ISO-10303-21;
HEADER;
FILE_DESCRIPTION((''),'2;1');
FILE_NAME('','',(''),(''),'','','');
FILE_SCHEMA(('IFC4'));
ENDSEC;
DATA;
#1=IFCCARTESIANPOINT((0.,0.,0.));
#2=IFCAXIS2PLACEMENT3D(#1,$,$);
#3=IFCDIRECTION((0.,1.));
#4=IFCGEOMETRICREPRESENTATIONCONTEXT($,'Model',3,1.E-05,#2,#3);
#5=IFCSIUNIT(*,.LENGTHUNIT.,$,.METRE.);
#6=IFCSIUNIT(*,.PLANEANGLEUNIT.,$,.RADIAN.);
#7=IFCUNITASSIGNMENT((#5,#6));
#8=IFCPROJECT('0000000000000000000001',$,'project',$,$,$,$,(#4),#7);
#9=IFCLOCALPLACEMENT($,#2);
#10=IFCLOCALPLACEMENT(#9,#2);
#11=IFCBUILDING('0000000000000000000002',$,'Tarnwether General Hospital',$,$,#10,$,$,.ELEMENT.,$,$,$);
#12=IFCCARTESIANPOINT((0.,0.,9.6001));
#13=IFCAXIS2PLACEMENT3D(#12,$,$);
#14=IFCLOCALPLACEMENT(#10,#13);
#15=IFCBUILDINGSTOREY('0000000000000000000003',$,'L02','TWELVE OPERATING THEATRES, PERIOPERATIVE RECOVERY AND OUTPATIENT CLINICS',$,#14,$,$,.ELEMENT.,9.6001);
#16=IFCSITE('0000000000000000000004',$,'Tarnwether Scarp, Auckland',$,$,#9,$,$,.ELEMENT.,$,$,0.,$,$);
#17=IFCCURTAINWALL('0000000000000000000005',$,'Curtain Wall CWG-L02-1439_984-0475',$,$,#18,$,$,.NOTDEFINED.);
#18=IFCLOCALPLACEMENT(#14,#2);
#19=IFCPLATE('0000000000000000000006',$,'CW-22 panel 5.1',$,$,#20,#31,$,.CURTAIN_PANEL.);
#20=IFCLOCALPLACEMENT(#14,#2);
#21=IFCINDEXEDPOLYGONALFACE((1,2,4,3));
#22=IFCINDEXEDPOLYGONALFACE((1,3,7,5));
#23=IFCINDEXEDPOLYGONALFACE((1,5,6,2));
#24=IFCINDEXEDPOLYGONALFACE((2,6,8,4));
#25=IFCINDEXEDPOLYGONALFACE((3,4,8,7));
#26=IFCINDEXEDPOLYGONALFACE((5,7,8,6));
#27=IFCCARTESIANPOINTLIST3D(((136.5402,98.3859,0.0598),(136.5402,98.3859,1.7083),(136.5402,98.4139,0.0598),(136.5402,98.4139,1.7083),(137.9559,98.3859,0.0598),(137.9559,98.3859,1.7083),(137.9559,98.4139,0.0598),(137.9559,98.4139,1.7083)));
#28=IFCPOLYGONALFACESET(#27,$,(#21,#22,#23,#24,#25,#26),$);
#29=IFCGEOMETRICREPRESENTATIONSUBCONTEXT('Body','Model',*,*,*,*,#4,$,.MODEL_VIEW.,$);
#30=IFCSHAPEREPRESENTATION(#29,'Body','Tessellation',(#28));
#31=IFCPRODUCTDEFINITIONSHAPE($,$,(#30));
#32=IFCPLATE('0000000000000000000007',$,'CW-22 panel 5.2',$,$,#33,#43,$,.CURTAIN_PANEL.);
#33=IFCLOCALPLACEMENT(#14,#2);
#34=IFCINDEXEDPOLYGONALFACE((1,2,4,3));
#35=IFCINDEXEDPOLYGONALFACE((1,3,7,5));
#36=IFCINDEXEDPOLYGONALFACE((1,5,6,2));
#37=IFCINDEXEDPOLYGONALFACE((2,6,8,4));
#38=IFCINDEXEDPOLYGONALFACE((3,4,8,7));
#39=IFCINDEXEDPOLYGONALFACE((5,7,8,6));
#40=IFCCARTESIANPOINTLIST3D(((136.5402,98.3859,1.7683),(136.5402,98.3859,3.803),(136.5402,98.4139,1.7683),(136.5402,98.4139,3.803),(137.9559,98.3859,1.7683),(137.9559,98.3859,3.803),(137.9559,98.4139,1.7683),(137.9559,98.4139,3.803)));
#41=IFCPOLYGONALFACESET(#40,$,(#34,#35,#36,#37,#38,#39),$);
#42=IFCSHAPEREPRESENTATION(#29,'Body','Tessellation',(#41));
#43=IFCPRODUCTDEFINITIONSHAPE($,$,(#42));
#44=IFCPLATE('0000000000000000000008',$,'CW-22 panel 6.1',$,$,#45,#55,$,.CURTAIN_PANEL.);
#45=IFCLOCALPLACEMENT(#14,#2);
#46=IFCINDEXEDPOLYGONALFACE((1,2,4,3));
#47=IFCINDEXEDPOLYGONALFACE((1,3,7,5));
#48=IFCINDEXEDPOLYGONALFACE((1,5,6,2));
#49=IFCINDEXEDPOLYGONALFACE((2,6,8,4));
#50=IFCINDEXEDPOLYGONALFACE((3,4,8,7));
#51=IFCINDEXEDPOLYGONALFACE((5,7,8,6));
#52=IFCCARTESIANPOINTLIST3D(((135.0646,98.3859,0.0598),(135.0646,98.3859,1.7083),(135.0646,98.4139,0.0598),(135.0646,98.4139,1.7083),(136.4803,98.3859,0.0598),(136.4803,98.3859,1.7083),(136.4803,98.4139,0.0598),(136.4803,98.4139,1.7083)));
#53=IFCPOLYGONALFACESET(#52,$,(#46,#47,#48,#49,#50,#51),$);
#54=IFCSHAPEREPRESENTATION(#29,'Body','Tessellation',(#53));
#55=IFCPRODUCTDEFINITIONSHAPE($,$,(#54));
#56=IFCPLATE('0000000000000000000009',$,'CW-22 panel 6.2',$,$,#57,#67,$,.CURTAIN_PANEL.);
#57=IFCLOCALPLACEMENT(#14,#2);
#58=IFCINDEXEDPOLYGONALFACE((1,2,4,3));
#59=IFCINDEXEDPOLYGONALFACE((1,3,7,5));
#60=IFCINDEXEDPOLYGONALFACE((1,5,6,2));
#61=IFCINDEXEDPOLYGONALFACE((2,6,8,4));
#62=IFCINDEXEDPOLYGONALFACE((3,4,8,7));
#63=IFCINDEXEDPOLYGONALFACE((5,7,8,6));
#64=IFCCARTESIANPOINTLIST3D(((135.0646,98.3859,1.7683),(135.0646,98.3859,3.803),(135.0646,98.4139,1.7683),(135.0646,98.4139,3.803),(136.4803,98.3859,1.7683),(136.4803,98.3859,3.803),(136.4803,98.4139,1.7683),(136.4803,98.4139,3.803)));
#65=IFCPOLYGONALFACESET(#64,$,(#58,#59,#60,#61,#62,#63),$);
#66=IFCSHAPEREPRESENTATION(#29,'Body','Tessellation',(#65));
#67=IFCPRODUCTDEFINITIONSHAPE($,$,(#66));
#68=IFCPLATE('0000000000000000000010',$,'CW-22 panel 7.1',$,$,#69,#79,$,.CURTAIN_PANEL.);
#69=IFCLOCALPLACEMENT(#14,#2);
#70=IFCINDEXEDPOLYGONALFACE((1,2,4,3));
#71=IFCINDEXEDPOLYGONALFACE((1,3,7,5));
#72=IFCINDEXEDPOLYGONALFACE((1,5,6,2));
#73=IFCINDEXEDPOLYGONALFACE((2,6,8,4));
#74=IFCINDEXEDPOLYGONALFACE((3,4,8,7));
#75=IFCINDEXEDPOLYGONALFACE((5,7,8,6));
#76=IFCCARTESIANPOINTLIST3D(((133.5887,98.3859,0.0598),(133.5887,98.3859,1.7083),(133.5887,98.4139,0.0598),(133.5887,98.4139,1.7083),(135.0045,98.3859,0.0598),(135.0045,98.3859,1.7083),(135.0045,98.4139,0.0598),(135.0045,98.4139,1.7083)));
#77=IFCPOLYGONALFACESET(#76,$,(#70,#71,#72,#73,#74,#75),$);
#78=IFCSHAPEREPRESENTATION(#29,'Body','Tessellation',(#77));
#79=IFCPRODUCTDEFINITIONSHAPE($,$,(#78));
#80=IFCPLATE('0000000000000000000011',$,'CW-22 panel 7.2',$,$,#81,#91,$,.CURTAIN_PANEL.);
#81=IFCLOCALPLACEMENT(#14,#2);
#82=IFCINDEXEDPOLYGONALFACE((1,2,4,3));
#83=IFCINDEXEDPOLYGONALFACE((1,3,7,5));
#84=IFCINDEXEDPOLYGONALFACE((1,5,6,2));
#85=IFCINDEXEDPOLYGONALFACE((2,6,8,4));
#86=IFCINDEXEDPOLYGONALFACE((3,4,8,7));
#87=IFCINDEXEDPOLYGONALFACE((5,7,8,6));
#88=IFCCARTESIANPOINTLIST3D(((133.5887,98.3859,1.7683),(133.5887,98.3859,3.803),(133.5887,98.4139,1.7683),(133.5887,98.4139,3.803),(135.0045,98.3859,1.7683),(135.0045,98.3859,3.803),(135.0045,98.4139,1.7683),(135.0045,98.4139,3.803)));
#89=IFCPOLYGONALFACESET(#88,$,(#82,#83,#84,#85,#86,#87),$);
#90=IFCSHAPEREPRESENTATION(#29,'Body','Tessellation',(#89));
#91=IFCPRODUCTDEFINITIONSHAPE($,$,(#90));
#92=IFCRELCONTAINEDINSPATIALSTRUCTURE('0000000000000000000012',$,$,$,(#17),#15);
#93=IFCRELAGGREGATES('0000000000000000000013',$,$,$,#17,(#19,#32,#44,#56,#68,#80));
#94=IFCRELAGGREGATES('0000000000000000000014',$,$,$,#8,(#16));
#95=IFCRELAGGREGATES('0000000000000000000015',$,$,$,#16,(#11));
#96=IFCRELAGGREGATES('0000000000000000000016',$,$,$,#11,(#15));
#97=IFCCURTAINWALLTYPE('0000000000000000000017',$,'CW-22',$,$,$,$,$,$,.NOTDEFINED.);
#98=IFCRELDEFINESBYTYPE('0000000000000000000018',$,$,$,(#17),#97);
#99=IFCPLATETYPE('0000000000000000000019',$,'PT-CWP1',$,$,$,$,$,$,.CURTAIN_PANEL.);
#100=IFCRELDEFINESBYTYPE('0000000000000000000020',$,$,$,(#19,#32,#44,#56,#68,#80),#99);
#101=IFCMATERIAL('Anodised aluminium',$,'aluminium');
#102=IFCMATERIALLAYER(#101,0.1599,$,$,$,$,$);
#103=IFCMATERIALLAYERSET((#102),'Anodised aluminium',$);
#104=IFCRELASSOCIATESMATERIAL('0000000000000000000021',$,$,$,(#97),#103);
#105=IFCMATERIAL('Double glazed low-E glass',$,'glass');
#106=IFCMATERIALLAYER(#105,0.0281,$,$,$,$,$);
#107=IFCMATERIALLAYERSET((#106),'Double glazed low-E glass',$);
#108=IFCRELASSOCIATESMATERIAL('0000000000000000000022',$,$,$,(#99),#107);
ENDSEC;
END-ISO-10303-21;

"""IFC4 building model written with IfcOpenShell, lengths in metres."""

from ifc_helpers import new_model, si_unit, direction, frame, origin, origin_2d, place, context, subcontext, project, spatial, rectangle, extrude, material, layer, layer_set, type_object, element, aggregate, save


model = new_model("IFC4")

# Units and contexts
model_context = context("Model", 3, precision=1e-05, world=origin(), true_north=direction((0.0, 1.0)))
body_context = subcontext(model_context, "Body", "Model", "MODEL_VIEW")
ifc_project = project(units=[si_unit("LENGTHUNIT", "METRE"), si_unit("PLANEANGLEUNIT", "RADIAN")], contexts=[model_context])

# Site, building, storey
site_placement = place(None, origin())
site = spatial("IfcSite", under=ifc_project, at=site_placement, Name="Tarnwether Scarp, Auckland", CompositionType="ELEMENT", RefElevation=0.0)
building_placement = place(site_placement, origin())
building = spatial("IfcBuilding", under=site, at=building_placement, Name="Tarnwether General Hospital", CompositionType="ELEMENT")
storey_placement = place(building_placement, frame((0.0, 0.0, 9.6001)))
storey = spatial("IfcBuildingStorey", under=building, at=storey_placement, Name="L02", Description="TWELVE OPERATING THEATRES, PERIOPERATIVE RECOVERY AND OUTPATIENT CLINICS", CompositionType="ELEMENT", Elevation=9.6001)

# Curtain wall, plates
ifc_material_1 = material(Name="Anodised aluminium", Category="aluminium")
ifc_layer_1 = layer(ifc_material_1, 0.1599)
ifc_layer_set_1 = layer_set([ifc_layer_1], Name="Anodised aluminium")
curtain_wall_type = type_object("IfcCurtainWallType", Name="CW-22", PredefinedType="NOTDEFINED", material=ifc_layer_set_1)
curtain_wall_placement = place(storey_placement, origin())
curtain_wall = element("IfcCurtainWall", 1, at=curtain_wall_placement, inside=storey, type_object=curtain_wall_type, Name="Curtain Wall CWG-L02-1439_984-0475", PredefinedType="NOTDEFINED")
ifc_material_2 = material(Name="Double glazed low-E glass", Category="glass")
ifc_layer_2 = layer(ifc_material_2, 0.0281)
ifc_layer_set_2 = layer_set([ifc_layer_2], Name="Double glazed low-E glass")
plate_type = type_object("IfcPlateType", Name="PT-CWP1", PredefinedType="CURTAIN_PANEL", material=ifc_layer_set_2)
plate_1_placement = place(storey_placement, frame((137.248, 98.3999, 0.0598), z_axis=(0.0, 0.0, 1.0), x_axis=(-1.0, 0.0, 0.0)))
plate_1 = element("IfcPlate", 2, at=plate_1_placement, type_object=plate_type, Name="CW-22 panel 5.1", PredefinedType="CURTAIN_PANEL", context=body_context, shape_type="SweptSolid", body=[
    extrude(rectangle(XDim=1.4158, YDim=0.0281, at=origin_2d()), origin(), (0.0, 0.0, 1.0), 1.6484),
])
plate_2_placement = place(storey_placement, frame((137.248, 98.3999, 1.7683), z_axis=(0.0, 0.0, 1.0), x_axis=(-1.0, 0.0, 0.0)))
plate_2 = element("IfcPlate", 3, at=plate_2_placement, type_object=plate_type, Name="CW-22 panel 5.2", PredefinedType="CURTAIN_PANEL", context=body_context, shape_type="SweptSolid", body=[
    extrude(rectangle(XDim=1.4158, YDim=0.0281, at=origin_2d()), origin(), (0.0, 0.0, 1.0), 2.0347),
])
plate_3_placement = place(storey_placement, frame((135.7725, 98.3999, 0.0598), z_axis=(0.0, 0.0, 1.0), x_axis=(-1.0, 0.0, 0.0)))
plate_3 = element("IfcPlate", 4, at=plate_3_placement, type_object=plate_type, Name="CW-22 panel 6.1", PredefinedType="CURTAIN_PANEL", context=body_context, shape_type="SweptSolid", body=[
    extrude(rectangle(XDim=1.4158, YDim=0.0281, at=origin_2d()), origin(), (0.0, 0.0, 1.0), 1.6484),
])
plate_4_placement = place(storey_placement, frame((135.7725, 98.3999, 1.7683), z_axis=(0.0, 0.0, 1.0), x_axis=(-1.0, 0.0, 0.0)))
plate_4 = element("IfcPlate", 5, at=plate_4_placement, type_object=plate_type, Name="CW-22 panel 6.2", PredefinedType="CURTAIN_PANEL", context=body_context, shape_type="SweptSolid", body=[
    extrude(rectangle(XDim=1.4158, YDim=0.0281, at=origin_2d()), origin(), (0.0, 0.0, 1.0), 2.0347),
])
plate_5_placement = place(storey_placement, frame((134.2966, 98.3999, 0.0598), z_axis=(0.0, 0.0, 1.0), x_axis=(-1.0, 0.0, 0.0)))
plate_5 = element("IfcPlate", 6, at=plate_5_placement, type_object=plate_type, Name="CW-22 panel 7.1", PredefinedType="CURTAIN_PANEL", context=body_context, shape_type="SweptSolid", body=[
    extrude(rectangle(XDim=1.4158, YDim=0.0281, at=origin_2d()), origin(), (0.0, 0.0, 1.0), 1.6484),
])
plate_6_placement = place(storey_placement, frame((134.2966, 98.3999, 1.7683), z_axis=(0.0, 0.0, 1.0), x_axis=(-1.0, 0.0, 0.0)))
plate_6 = element("IfcPlate", 7, at=plate_6_placement, type_object=plate_type, Name="CW-22 panel 7.2", PredefinedType="CURTAIN_PANEL", context=body_context, shape_type="SweptSolid", body=[
    extrude(rectangle(XDim=1.4158, YDim=0.0281, at=origin_2d()), origin(), (0.0, 0.0, 1.0), 2.0347),
])
aggregate(curtain_wall, [plate_1, plate_2, plate_3, plate_4, plate_5, plate_6])

save(model, "model.ifc")
